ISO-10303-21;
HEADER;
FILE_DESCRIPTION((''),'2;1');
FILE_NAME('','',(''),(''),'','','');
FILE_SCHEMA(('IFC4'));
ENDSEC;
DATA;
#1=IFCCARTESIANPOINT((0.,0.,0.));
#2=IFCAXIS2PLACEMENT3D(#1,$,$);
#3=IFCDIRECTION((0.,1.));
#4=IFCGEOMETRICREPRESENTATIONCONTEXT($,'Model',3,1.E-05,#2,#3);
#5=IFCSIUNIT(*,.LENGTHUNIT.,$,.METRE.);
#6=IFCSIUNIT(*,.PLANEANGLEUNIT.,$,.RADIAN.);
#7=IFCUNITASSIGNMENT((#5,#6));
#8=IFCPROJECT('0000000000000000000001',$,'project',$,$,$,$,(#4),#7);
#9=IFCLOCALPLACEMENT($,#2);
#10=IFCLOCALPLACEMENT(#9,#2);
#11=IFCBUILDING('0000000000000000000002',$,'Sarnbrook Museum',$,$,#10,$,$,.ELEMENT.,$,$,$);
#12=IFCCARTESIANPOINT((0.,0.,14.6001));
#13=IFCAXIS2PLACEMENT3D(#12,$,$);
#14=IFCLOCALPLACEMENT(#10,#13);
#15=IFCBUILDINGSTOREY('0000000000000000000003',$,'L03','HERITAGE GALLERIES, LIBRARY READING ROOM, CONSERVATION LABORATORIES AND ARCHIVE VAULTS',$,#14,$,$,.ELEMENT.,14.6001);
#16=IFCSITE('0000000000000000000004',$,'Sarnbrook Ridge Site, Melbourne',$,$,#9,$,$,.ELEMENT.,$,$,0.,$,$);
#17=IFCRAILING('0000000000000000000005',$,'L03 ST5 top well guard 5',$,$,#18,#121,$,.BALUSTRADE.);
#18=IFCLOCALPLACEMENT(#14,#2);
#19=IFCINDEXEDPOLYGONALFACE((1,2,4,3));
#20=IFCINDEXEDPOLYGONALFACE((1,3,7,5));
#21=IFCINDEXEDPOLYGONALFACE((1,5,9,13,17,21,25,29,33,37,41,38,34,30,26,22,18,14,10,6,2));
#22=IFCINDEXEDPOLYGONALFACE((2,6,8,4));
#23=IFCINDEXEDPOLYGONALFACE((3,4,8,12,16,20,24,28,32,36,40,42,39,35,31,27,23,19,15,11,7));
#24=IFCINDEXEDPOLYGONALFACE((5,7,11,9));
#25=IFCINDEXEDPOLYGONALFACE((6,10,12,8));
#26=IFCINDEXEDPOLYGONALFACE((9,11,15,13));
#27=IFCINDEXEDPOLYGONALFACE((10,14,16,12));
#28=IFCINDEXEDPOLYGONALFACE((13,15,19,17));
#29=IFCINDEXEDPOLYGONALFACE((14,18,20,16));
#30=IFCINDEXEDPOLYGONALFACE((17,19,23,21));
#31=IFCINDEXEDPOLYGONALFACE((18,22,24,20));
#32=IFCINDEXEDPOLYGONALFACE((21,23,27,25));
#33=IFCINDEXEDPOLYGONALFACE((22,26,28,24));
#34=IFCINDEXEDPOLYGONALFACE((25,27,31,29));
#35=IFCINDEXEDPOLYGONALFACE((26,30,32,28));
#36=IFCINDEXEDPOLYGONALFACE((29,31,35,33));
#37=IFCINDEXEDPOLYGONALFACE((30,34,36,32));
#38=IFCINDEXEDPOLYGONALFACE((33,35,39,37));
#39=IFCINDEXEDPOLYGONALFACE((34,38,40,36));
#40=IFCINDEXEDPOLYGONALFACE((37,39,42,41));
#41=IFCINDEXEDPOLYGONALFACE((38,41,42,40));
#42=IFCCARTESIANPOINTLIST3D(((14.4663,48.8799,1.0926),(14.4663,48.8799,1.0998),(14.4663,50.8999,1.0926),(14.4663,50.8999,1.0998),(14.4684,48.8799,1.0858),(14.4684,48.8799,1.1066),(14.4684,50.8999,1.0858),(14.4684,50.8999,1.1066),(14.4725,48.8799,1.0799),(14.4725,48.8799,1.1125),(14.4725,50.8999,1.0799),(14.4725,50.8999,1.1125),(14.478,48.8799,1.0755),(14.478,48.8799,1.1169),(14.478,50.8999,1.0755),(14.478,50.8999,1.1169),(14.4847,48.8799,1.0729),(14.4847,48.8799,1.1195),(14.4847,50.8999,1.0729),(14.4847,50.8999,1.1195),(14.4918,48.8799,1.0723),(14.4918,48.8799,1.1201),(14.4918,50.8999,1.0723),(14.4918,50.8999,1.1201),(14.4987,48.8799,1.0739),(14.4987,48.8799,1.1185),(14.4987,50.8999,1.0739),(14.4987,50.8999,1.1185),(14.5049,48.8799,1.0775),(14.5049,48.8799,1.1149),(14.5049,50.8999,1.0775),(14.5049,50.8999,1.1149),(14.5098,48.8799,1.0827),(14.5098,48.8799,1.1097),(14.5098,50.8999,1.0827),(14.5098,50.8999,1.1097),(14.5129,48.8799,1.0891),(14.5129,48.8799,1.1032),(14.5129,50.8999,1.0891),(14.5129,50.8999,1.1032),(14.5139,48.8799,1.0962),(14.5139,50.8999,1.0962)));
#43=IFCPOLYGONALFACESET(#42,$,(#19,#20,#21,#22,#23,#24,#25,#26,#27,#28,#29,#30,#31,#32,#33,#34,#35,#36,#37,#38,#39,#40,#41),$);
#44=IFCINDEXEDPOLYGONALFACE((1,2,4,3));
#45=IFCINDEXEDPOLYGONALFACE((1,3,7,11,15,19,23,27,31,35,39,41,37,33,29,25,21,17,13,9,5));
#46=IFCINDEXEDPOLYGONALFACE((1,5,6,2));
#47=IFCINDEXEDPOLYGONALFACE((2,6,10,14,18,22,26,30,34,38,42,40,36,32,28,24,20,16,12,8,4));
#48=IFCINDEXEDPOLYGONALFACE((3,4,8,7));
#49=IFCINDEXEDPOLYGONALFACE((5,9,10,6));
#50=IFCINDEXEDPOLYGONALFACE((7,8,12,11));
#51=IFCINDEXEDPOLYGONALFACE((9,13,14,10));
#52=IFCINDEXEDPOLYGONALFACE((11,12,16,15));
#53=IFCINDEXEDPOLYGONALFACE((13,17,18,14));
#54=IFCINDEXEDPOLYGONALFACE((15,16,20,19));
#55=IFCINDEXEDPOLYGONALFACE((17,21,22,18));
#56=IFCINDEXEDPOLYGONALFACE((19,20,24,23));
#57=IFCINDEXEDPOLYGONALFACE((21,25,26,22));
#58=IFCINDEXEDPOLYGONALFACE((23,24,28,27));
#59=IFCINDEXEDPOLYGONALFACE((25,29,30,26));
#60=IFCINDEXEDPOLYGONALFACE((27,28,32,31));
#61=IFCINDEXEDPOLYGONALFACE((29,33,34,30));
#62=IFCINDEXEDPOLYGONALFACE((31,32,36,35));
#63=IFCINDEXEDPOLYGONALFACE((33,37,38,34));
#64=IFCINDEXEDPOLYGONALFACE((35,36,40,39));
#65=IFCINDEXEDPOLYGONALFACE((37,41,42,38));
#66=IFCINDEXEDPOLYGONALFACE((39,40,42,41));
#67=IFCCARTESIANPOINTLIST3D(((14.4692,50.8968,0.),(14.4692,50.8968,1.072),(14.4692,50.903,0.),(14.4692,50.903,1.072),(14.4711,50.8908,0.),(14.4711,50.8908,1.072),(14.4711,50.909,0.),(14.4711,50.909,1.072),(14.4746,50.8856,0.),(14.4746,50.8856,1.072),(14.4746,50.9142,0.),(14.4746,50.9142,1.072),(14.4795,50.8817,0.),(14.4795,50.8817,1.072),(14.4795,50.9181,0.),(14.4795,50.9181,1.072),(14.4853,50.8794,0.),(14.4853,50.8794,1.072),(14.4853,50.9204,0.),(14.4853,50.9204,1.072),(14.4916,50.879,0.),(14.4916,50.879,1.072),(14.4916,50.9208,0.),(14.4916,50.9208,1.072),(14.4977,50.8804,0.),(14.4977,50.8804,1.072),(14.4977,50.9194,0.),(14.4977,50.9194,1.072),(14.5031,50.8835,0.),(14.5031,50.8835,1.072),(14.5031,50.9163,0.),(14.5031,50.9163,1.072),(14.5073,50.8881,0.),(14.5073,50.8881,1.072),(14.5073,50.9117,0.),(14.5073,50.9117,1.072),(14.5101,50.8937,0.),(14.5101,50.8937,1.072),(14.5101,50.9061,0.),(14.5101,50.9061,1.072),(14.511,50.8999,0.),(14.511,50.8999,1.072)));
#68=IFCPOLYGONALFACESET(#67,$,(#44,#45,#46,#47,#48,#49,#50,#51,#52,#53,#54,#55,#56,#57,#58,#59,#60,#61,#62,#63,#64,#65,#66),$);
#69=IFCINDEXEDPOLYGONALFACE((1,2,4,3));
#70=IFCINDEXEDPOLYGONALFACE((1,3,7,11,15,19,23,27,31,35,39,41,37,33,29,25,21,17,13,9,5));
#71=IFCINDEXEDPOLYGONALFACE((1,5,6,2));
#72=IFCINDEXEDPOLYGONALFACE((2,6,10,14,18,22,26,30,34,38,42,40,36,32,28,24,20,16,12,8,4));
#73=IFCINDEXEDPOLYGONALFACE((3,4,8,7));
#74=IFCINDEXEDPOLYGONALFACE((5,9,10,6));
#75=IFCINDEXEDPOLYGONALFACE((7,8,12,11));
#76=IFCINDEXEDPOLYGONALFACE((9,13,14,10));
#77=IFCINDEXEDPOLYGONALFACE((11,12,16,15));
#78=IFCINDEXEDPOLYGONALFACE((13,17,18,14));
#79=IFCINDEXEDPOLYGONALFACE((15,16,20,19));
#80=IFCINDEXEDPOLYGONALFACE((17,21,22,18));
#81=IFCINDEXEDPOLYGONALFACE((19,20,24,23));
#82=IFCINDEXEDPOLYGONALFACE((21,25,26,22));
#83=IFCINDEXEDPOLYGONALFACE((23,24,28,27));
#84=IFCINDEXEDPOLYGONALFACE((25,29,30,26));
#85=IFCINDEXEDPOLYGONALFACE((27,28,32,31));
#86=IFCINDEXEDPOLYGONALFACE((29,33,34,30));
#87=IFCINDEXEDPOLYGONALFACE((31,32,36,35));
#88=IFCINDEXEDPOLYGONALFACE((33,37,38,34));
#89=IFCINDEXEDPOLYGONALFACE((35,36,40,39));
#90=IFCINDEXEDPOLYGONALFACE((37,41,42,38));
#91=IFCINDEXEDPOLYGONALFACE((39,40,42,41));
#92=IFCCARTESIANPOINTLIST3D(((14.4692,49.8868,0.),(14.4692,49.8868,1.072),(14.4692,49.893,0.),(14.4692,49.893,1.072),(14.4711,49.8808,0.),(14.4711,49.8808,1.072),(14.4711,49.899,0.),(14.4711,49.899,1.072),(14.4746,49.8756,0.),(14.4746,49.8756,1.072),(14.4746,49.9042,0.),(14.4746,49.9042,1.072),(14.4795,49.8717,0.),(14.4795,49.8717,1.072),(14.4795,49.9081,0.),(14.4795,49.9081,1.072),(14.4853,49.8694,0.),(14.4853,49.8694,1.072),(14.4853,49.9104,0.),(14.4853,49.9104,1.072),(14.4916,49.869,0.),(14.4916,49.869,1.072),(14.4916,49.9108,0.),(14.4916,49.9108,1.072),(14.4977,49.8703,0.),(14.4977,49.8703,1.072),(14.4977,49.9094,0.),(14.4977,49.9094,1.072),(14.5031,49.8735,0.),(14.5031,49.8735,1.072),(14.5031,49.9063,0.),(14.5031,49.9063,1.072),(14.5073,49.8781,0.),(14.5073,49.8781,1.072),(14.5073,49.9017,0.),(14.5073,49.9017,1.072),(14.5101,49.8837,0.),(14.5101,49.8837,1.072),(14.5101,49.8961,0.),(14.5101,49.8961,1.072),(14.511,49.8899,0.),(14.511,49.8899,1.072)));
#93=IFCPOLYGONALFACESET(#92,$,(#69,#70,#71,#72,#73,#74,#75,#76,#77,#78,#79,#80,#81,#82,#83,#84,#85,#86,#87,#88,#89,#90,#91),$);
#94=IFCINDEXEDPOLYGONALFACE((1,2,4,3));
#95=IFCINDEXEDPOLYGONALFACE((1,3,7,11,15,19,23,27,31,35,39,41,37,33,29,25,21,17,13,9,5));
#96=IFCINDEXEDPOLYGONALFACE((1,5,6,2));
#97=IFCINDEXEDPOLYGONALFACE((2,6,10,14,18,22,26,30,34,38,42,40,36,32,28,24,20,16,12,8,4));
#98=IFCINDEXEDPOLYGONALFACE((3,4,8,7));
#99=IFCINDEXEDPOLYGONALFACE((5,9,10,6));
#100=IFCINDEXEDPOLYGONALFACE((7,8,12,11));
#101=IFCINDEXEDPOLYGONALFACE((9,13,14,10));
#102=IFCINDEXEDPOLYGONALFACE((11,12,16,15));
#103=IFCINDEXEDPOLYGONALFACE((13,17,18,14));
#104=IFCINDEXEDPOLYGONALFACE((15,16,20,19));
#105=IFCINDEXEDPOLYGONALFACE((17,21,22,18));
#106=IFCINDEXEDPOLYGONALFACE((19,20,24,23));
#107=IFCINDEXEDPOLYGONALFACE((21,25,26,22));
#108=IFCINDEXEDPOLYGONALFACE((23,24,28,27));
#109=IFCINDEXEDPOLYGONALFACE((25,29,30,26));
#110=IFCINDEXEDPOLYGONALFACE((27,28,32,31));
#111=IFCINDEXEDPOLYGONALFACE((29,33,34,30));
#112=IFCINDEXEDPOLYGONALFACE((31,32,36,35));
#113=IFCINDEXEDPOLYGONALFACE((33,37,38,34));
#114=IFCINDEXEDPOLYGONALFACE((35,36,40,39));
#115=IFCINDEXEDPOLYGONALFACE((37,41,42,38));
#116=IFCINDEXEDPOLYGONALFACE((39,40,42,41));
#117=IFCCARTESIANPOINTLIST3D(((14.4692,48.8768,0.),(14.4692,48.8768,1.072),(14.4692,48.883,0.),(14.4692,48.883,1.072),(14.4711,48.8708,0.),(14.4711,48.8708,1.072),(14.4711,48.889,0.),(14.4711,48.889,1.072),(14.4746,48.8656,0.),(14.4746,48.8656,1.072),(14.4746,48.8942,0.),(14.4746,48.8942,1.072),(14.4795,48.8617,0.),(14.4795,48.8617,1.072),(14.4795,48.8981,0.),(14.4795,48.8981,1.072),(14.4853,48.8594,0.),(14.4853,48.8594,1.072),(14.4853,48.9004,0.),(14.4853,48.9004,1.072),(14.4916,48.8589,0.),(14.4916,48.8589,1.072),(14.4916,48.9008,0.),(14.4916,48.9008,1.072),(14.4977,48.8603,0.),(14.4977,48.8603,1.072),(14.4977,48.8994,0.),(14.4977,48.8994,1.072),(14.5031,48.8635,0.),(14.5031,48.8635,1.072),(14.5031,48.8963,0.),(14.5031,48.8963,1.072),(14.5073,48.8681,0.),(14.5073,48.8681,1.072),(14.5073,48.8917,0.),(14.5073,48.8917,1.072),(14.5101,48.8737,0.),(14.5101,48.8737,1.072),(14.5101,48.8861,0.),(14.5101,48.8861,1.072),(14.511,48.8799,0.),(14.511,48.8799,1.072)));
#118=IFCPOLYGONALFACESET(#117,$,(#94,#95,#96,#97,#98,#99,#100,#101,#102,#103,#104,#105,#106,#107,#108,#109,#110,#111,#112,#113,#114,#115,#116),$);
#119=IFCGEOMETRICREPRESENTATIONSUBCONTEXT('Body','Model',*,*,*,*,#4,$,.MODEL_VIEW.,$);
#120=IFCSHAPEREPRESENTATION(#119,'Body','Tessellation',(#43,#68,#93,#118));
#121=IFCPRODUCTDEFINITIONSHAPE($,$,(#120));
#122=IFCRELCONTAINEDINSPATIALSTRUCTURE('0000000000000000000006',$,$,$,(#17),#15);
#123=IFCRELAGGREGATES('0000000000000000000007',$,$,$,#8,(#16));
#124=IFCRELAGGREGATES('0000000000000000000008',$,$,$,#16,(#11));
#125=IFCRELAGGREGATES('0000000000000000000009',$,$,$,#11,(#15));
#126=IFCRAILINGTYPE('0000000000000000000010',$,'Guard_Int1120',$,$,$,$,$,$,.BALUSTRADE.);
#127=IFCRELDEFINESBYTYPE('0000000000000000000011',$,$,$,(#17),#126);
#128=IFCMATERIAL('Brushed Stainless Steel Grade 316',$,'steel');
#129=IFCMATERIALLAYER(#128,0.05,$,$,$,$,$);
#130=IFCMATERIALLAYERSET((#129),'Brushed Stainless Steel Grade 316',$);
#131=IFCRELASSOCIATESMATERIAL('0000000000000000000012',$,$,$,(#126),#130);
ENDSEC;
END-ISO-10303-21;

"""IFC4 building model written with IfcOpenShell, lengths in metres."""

from ifc_helpers import new_model, si_unit, direction, frame, origin, origin_2d, place, context, subcontext, project, spatial, circle, extrude, material, layer, layer_set, type_object, element, save


model = new_model("IFC4")

# Units and contexts
model_context = context("Model", 3, precision=1e-05, world=origin(), true_north=direction((0.0, 1.0)))
body_context = subcontext(model_context, "Body", "Model", "MODEL_VIEW")
ifc_project = project(units=[si_unit("LENGTHUNIT", "METRE"), si_unit("PLANEANGLEUNIT", "RADIAN")], contexts=[model_context])

# Site, building, storey
site_placement = place(None, origin())
site = spatial("IfcSite", under=ifc_project, at=site_placement, Name="Sarnbrook Ridge Site, Melbourne", CompositionType="ELEMENT", RefElevation=0.0)
building_placement = place(site_placement, origin())
building = spatial("IfcBuilding", under=site, at=building_placement, Name="Sarnbrook Museum", CompositionType="ELEMENT")
storey_placement = place(building_placement, frame((0.0, 0.0, 14.6001)))
storey = spatial("IfcBuildingStorey", under=building, at=storey_placement, Name="L03", Description="HERITAGE GALLERIES, LIBRARY READING ROOM, CONSERVATION LABORATORIES AND ARCHIVE VAULTS", CompositionType="ELEMENT", Elevation=14.6001)

# Shared definitions
ifc_material_1 = material(Name="Brushed Stainless Steel Grade 316", Category="steel")

# Railing
ifc_layer_1 = layer(ifc_material_1, 0.05)
ifc_layer_set_1 = layer_set([ifc_layer_1], Name="Brushed Stainless Steel Grade 316")
railing_type = type_object("IfcRailingType", Name="Guard_Int1120", PredefinedType="BALUSTRADE", material=ifc_layer_set_1)
for number, where, name in (
    (1, (14.49, 50.8999, 0.0), "L03 ST5 top well guard 5"),
):
    element("IfcRailing", number, at=place(storey_placement, frame(where)), inside=storey, type_object=railing_type, Name=name, PredefinedType="BALUSTRADE", context=body_context, shape_type="SweptSolid", body=[
        extrude(circle(Radius=0.0239, at=origin_2d()), frame((0.0, 0.0, 1.0962), z_axis=(0.0, -1.0, 0.0), x_axis=(1.0, 0.0, 0.0)), (0.0, 0.0, 1.0), 2.02),
        extrude(circle(Radius=0.021, at=origin_2d()), origin(), (0.0, 0.0, 1.0), 1.072),
        extrude(circle(Radius=0.021, at=origin_2d()), frame((0.0, -1.01, 0.0)), (0.0, 0.0, 1.0), 1.072),
        extrude(circle(Radius=0.021, at=origin_2d()), frame((0.0, -2.02, 0.0)), (0.0, 0.0, 1.0), 1.072),
    ])

save(model, "model.ifc")
